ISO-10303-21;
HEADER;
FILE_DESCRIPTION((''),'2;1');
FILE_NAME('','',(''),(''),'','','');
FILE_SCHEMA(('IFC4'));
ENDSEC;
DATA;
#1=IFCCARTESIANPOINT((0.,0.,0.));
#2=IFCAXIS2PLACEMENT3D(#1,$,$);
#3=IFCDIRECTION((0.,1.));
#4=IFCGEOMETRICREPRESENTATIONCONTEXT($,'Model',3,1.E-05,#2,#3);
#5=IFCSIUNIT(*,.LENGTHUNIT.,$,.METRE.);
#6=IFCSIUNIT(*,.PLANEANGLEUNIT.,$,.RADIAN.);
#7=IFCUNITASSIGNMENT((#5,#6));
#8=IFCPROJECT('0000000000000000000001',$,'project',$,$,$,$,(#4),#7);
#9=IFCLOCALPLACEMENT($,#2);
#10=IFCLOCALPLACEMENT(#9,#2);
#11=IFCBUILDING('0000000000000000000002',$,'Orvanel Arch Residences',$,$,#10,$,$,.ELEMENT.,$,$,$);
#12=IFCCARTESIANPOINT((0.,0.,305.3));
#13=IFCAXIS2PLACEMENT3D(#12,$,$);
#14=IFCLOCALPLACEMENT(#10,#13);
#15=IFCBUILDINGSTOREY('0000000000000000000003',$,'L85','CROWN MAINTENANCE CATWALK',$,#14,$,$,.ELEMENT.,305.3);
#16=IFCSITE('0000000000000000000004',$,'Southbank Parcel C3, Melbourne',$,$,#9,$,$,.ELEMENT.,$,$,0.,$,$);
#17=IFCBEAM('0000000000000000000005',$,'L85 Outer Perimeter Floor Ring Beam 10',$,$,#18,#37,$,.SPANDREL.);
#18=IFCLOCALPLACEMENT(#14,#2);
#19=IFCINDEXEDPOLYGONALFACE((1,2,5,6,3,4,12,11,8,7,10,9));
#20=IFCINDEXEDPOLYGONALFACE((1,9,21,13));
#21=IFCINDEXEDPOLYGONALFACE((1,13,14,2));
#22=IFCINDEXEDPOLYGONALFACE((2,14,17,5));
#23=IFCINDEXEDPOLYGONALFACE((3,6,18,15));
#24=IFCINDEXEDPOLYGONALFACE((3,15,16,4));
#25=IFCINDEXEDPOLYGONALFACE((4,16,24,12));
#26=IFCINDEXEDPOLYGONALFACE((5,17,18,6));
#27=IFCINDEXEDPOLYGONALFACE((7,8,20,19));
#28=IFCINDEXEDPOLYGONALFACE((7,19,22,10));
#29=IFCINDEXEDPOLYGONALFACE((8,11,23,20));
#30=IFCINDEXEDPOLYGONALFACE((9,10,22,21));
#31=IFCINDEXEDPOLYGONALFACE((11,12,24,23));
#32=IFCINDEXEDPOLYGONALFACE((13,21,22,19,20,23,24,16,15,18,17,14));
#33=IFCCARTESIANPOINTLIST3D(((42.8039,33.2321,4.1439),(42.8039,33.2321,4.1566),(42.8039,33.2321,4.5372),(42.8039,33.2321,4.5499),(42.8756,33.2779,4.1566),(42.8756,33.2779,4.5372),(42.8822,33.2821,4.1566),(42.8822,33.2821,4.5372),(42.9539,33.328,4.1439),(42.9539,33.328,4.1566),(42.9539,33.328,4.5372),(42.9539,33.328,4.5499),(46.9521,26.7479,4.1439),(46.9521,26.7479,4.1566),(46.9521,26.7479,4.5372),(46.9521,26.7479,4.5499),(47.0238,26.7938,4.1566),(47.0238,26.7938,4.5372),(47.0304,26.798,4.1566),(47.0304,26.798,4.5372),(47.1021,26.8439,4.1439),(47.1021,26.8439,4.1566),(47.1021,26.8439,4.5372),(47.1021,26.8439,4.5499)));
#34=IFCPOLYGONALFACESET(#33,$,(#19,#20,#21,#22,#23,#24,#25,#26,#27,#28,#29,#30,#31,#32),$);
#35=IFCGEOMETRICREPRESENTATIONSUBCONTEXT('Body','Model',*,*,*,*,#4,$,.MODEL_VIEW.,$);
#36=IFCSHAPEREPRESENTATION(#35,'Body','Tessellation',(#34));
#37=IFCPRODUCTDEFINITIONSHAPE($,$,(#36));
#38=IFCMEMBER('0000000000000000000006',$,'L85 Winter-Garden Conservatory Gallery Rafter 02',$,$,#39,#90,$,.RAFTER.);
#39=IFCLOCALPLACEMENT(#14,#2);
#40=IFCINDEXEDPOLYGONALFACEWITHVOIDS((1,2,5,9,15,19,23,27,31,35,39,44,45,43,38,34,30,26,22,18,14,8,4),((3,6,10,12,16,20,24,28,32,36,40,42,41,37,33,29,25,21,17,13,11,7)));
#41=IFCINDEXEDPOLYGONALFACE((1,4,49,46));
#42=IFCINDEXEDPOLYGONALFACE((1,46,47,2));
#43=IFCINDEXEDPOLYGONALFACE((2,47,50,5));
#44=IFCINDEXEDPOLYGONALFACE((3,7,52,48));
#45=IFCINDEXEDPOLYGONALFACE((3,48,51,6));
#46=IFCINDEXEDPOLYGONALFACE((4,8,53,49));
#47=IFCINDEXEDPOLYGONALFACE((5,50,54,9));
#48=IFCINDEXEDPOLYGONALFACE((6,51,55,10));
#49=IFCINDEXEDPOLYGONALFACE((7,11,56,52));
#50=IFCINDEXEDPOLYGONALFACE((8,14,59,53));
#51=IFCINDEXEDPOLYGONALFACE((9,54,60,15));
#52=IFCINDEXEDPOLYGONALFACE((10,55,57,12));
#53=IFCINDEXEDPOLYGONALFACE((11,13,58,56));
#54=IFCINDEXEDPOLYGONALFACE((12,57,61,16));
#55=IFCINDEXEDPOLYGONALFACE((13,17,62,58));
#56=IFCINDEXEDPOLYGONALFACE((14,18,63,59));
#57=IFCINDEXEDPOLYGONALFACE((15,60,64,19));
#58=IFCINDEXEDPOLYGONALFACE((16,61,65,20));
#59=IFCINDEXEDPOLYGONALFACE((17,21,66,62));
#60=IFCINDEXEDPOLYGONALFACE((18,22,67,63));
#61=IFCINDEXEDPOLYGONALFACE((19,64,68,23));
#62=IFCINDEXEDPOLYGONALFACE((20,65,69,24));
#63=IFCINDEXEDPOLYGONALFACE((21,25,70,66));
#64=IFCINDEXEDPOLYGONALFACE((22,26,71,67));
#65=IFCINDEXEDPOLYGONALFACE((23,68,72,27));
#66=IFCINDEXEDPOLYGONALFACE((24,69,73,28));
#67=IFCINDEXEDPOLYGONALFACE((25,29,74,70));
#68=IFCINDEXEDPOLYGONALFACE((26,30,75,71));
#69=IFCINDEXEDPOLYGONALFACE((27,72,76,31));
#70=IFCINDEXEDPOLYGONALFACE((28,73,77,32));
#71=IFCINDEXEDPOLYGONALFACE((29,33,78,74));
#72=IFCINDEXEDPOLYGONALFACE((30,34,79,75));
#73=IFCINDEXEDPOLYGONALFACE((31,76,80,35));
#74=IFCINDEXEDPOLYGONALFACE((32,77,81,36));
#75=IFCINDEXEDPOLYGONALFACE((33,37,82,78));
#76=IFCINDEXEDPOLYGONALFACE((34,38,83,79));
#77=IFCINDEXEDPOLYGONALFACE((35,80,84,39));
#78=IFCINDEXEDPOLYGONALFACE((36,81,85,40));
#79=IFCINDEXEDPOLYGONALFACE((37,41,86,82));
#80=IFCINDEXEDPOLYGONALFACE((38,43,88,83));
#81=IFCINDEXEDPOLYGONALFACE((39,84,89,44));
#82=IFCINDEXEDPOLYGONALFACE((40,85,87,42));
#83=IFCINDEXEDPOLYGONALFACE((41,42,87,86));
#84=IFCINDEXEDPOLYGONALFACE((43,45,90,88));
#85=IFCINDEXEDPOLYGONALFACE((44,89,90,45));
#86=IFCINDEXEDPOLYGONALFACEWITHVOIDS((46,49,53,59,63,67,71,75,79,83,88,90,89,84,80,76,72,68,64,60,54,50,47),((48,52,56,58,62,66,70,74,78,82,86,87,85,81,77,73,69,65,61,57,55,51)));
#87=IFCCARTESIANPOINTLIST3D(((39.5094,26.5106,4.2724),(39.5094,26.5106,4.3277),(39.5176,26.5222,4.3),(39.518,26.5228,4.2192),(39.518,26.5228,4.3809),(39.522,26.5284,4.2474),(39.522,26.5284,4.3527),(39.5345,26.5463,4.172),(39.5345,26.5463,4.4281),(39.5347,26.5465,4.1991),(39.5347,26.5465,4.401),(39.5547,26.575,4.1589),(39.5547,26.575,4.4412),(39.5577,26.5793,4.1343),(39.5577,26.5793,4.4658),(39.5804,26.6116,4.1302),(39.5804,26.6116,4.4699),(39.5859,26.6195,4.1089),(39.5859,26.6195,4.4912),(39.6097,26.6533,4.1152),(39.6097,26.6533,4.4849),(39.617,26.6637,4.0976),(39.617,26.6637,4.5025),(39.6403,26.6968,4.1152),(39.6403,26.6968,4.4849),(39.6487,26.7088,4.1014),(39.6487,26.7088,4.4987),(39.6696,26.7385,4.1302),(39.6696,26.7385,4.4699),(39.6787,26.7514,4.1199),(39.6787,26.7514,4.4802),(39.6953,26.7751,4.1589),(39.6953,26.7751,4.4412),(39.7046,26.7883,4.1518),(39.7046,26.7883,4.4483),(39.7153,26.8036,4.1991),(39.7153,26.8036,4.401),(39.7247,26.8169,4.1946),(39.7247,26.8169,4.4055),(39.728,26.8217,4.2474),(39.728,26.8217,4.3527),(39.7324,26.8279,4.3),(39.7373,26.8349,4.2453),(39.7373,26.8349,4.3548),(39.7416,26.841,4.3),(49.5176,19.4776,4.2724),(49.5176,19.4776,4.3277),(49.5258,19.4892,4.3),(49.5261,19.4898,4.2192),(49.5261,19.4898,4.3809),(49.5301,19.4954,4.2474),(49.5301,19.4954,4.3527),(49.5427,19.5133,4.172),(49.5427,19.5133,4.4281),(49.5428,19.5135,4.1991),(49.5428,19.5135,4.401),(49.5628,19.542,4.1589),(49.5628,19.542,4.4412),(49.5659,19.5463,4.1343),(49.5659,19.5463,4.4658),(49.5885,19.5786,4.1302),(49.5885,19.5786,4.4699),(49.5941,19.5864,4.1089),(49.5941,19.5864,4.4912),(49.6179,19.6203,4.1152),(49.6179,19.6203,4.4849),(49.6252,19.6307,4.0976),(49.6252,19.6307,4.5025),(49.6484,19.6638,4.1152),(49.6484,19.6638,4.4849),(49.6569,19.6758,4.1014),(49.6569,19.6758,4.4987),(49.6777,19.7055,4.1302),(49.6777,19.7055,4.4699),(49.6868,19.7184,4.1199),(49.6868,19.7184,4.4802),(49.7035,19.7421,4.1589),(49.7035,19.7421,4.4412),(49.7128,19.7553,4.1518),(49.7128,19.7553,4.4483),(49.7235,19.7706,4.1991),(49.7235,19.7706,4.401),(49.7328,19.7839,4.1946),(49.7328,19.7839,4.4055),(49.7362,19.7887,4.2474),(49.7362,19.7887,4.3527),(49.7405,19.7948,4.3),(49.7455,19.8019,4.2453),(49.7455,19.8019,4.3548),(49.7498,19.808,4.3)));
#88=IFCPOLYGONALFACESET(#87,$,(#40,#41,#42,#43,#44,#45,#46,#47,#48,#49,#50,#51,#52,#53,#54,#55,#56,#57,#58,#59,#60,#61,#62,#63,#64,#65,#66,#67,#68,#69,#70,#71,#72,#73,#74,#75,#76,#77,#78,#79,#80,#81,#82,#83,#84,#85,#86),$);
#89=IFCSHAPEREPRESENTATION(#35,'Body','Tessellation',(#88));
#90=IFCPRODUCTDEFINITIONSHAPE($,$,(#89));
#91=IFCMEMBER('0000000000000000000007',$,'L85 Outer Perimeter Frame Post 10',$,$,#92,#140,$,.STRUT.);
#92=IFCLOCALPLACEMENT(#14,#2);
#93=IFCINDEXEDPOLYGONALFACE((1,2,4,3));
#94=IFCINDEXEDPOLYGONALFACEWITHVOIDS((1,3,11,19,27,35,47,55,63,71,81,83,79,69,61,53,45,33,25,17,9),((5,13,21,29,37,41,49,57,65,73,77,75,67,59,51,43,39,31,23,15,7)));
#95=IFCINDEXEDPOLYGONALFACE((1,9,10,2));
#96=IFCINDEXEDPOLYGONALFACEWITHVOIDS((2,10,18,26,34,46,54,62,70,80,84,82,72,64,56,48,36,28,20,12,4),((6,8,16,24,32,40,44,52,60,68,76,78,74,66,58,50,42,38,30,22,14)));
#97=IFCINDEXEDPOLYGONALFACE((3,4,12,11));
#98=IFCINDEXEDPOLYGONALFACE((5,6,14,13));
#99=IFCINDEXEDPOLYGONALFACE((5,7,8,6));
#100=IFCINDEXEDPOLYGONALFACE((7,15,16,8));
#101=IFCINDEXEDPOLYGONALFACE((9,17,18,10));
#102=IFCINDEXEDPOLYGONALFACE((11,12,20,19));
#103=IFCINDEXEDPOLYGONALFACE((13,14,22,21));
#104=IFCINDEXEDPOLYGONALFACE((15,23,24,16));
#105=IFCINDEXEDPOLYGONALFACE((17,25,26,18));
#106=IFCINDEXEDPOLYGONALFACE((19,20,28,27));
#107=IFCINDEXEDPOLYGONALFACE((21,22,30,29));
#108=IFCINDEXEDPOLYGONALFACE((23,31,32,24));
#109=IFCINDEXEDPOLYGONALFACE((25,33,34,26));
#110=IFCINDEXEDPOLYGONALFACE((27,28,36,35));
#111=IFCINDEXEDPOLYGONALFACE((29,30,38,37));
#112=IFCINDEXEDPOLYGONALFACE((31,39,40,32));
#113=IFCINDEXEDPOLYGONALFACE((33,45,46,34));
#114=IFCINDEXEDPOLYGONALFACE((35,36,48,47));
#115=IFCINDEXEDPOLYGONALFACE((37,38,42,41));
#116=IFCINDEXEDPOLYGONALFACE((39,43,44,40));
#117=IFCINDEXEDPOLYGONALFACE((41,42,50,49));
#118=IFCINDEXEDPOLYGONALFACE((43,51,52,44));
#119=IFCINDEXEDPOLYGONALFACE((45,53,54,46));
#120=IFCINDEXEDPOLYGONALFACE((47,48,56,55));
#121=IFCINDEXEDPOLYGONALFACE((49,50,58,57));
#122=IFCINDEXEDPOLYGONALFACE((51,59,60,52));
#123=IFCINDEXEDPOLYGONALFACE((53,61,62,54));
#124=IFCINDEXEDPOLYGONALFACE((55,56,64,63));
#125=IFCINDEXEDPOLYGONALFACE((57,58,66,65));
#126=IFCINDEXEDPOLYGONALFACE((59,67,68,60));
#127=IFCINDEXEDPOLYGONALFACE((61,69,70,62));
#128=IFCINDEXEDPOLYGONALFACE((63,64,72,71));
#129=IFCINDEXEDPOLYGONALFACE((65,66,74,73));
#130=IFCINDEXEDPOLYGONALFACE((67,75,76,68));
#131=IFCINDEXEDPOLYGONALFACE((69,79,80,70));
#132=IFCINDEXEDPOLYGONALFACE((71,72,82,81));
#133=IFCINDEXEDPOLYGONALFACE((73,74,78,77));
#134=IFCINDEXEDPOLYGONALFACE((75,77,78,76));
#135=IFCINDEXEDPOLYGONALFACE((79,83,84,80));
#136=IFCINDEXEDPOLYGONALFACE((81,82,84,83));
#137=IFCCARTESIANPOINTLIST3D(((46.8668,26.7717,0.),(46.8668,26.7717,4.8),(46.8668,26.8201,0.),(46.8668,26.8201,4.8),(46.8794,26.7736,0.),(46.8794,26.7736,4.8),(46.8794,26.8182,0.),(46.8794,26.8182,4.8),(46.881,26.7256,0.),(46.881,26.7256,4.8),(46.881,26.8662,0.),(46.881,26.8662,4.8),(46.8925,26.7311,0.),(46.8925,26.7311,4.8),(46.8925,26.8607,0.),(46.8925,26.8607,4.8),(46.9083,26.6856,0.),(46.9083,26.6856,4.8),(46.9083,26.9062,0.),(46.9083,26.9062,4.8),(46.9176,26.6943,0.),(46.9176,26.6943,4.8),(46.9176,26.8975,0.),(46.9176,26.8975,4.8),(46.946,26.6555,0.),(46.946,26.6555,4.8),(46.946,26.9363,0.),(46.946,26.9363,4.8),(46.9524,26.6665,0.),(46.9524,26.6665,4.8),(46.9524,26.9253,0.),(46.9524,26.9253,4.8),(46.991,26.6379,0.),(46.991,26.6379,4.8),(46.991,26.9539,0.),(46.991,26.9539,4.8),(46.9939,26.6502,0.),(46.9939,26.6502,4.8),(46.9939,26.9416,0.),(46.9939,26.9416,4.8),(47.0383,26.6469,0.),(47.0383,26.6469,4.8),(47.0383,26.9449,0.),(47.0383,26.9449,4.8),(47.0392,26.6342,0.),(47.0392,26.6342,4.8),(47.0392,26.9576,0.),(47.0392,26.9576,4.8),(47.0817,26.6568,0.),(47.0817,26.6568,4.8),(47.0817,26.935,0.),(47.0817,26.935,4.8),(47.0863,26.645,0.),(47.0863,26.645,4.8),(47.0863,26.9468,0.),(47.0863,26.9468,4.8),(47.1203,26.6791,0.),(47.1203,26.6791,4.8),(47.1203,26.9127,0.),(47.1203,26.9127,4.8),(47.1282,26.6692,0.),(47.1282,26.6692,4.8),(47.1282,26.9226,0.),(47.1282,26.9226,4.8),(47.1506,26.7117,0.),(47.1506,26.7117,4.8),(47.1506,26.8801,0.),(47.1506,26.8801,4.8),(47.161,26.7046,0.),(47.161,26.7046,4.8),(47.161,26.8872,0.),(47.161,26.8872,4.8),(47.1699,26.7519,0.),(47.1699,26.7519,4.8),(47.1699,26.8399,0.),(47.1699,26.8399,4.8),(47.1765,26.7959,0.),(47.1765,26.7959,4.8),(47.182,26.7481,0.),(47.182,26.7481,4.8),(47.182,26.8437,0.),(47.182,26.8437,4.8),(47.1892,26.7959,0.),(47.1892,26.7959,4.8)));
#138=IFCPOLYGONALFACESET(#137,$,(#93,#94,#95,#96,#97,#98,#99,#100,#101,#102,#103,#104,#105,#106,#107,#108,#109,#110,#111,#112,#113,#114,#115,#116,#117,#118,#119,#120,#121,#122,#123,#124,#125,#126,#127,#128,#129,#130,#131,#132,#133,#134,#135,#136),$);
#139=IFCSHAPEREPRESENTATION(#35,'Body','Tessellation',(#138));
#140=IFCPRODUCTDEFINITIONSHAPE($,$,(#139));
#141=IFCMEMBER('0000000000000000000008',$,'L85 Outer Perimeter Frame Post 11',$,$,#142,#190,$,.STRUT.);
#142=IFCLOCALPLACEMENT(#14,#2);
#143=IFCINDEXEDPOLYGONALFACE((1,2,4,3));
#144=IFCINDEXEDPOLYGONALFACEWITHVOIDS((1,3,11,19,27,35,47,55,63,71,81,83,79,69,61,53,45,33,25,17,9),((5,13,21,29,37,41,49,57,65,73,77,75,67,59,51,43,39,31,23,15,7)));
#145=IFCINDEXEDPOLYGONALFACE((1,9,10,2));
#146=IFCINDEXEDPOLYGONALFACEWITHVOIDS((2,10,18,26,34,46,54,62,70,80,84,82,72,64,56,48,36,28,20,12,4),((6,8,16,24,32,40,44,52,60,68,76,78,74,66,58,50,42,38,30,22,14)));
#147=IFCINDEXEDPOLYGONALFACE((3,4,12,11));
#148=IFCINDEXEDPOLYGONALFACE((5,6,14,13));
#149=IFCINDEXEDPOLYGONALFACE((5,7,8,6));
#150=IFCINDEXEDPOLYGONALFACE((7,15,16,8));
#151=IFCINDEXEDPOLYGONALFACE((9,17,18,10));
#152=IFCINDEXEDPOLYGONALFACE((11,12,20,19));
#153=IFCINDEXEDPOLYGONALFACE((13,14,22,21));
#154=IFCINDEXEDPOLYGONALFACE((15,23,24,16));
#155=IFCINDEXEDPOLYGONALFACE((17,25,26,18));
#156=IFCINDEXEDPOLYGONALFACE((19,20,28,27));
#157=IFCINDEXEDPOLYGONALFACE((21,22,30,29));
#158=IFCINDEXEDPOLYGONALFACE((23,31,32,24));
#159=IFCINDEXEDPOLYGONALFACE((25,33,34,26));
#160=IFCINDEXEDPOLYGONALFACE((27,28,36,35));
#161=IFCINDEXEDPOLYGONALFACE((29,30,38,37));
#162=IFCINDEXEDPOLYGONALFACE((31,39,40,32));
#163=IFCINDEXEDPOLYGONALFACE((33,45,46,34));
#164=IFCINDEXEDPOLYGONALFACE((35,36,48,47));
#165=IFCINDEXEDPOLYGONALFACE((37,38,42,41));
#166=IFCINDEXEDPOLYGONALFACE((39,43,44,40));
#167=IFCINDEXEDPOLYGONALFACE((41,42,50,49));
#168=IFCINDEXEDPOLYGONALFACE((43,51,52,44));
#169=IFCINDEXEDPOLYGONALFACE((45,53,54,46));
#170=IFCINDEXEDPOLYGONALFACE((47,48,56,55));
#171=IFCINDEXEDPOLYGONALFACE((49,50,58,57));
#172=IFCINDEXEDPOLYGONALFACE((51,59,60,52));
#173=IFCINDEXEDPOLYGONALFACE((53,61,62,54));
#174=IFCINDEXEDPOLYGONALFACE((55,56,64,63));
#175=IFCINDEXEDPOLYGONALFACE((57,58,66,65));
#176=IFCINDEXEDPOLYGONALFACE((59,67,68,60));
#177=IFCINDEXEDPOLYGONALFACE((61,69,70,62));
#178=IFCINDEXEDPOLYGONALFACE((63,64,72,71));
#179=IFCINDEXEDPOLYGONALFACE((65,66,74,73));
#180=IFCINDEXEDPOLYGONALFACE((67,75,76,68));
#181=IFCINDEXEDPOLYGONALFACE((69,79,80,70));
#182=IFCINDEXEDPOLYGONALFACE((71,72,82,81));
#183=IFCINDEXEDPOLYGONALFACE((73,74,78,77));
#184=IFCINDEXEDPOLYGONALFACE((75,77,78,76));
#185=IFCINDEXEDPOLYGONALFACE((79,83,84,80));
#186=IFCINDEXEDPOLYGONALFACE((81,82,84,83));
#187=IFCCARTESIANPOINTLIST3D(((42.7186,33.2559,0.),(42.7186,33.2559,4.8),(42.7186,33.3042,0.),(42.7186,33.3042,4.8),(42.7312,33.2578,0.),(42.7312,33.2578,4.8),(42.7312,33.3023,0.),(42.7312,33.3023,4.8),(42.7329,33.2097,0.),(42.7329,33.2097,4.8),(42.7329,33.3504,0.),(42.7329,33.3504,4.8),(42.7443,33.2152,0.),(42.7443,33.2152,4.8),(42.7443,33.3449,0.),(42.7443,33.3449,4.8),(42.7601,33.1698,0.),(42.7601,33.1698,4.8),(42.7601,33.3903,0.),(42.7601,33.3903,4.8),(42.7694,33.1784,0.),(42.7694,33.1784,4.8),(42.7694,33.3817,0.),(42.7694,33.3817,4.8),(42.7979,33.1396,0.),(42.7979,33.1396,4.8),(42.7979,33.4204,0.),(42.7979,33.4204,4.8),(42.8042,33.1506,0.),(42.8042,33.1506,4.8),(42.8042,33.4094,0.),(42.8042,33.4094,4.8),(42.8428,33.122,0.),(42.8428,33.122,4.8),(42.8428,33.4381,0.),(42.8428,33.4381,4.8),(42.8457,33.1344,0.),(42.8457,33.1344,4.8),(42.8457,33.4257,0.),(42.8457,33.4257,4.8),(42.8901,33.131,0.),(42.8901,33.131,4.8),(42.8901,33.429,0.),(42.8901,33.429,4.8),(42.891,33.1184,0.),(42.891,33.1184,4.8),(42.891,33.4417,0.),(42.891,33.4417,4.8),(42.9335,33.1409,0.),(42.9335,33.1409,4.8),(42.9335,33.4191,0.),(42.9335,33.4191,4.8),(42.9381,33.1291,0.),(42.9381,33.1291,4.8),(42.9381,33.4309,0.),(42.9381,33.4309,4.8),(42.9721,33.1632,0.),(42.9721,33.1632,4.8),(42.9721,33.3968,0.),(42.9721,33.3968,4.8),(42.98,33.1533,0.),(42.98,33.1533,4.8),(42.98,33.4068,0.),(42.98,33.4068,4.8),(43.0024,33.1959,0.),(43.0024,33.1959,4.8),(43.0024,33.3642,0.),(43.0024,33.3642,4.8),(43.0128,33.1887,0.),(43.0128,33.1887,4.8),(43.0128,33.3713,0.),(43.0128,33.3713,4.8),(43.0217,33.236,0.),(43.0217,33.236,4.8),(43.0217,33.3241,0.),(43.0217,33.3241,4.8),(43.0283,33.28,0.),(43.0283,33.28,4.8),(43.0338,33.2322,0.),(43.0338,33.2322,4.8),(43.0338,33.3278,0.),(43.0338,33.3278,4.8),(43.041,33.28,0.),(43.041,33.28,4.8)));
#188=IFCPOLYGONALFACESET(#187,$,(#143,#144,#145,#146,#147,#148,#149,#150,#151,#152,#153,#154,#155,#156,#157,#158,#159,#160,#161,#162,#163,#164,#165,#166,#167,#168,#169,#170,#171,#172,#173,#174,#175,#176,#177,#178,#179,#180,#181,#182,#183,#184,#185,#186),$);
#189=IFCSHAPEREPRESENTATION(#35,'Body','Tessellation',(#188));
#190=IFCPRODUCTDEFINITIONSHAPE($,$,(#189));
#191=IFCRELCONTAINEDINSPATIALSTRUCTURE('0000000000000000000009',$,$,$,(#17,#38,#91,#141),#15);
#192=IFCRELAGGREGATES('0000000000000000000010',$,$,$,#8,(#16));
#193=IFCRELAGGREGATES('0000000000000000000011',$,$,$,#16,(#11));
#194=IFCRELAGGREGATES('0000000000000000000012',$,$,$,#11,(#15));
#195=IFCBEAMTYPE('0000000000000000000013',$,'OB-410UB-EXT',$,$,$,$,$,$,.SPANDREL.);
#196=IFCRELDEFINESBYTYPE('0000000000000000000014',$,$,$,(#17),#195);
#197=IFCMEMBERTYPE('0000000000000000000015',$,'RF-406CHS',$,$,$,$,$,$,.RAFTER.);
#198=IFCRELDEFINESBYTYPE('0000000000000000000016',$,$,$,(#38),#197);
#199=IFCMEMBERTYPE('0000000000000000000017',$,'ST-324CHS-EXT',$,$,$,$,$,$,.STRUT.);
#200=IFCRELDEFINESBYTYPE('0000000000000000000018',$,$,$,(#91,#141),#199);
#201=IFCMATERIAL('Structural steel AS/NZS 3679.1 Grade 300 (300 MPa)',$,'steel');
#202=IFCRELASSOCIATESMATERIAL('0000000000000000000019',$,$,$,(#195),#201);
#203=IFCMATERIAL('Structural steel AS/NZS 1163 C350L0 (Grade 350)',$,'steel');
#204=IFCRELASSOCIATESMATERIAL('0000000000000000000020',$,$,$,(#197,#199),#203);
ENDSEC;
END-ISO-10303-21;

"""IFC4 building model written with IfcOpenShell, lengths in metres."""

from ifc_helpers import new_model, si_unit, direction, frame, origin, origin_2d, place, context, subcontext, project, spatial, hollow_circle, i_section, extrude, material, material_profile, profile_set, type_object, element, save


model = new_model("IFC4")

# Units and contexts
model_context = context("Model", 3, precision=1e-05, world=origin(), true_north=direction((0.0, 1.0)))
body_context = subcontext(model_context, "Body", "Model", "MODEL_VIEW")
ifc_project = project(units=[si_unit("LENGTHUNIT", "METRE"), si_unit("PLANEANGLEUNIT", "RADIAN")], contexts=[model_context])

# Site, building, storey
site_placement = place(None, origin())
site = spatial("IfcSite", under=ifc_project, at=site_placement, Name="Southbank Parcel C3, Melbourne", CompositionType="ELEMENT", RefElevation=0.0)
building_placement = place(site_placement, origin())
building = spatial("IfcBuilding", under=site, at=building_placement, Name="Orvanel Arch Residences", CompositionType="ELEMENT")
storey_placement = place(building_placement, frame((0.0, 0.0, 305.3)))
storey = spatial("IfcBuildingStorey", under=building, at=storey_placement, Name="L85", Description="CROWN MAINTENANCE CATWALK", CompositionType="ELEMENT", Elevation=305.3)

# Shared definitions
ifc_material_1 = material(Name="Structural steel AS/NZS 1163 C350L0 (Grade 350)", Category="steel")

# Shared definitions
ifc_material_2 = material(Name="Structural steel AS/NZS 3679.1 Grade 300 (300 MPa)", Category="steel")

# Beam
ifc_material_profile_1 = material_profile(ifc_material_2, i_section(OverallWidth=0.178, OverallDepth=0.406, WebThickness=0.0078, FlangeThickness=0.0127, at=origin_2d()), Name="410UB59.7")
ifc_profile_set_1 = profile_set([ifc_material_profile_1], Name="Structural steel AS/NZS 3679.1 Grade 300 (300 MPa)")
beam_type_1 = type_object("IfcBeamType", Name="OB-410UB-EXT", PredefinedType="SPANDREL", material=ifc_profile_set_1)
beam_1_placement = place(storey_placement, frame((47.0271, 26.7959, 4.3469), z_axis=(-0.538902, 0.842369, 0.0), x_axis=(-0.842369, -0.538902, 0.0)))
element("IfcBeam", 1, at=beam_1_placement, inside=storey, type_object=beam_type_1, Name="L85 Outer Perimeter Floor Ring Beam 10", PredefinedType="SPANDREL", context=body_context, shape_type="SweptSolid", body=[
    extrude(i_section(OverallWidth=0.178, OverallDepth=0.406, WebThickness=0.0078, FlangeThickness=0.0127, at=origin_2d()), origin(), (0.0, 0.0, 1.0), 7.6975),
])

# Members
ifc_material_profile_2 = material_profile(ifc_material_1, hollow_circle(Radius=0.2029, WallThickness=0.0161, at=origin_2d()), Name="CHS406x16")
ifc_profile_set_2 = profile_set([ifc_material_profile_2], Name="Structural steel AS/NZS 1163 C350L0 (Grade 350)")
member_type_1 = type_object("IfcMemberType", Name="RF-406CHS", PredefinedType="RAFTER", material=ifc_profile_set_2)
member_1_placement = place(storey_placement, frame((39.625, 26.675, 4.3), z_axis=(0.818181, -0.57496, 0.0), x_axis=(0.57496, 0.818181, 0.0)))
element("IfcMember", 2, at=member_1_placement, inside=storey, type_object=member_type_1, Name="L85 Winter-Garden Conservatory Gallery Rafter 02", PredefinedType="RAFTER", context=body_context, shape_type="SweptSolid", body=[
    extrude(hollow_circle(Radius=0.2029, WallThickness=0.0161, at=origin_2d()), origin(), (0.0, 0.0, 1.0), 12.2322),
])
ifc_material_profile_3 = material_profile(ifc_material_1, hollow_circle(Radius=0.1621, WallThickness=0.0127, at=origin_2d()), Name="CHS324x12.7")
ifc_profile_set_3 = profile_set([ifc_material_profile_3], Name="Structural steel AS/NZS 1163 C350L0 (Grade 350)")
member_type_2 = type_object("IfcMemberType", Name="ST-324CHS-EXT", PredefinedType="STRUT", material=ifc_profile_set_3)
for number, where, z_axis, x_axis, name in (
    (3, (47.0271, 26.7959, 0.0), (0.0, 0.0, 1.0), (1.0, 0.0, 0.0), "L85 Outer Perimeter Frame Post 10"),
    (4, (42.8789, 33.28, 0.0), (0.0, 0.0, 1.0), (1.0, 0.0, 0.0), "L85 Outer Perimeter Frame Post 11"),
):
    element("IfcMember", number, at=place(storey_placement, frame(where, z_axis=z_axis, x_axis=x_axis)), inside=storey, type_object=member_type_2, Name=name, PredefinedType="STRUT", context=body_context, shape_type="SweptSolid", body=[
        extrude(hollow_circle(Radius=0.1621, WallThickness=0.0127, at=origin_2d()), origin(), (0.0, 0.0, 1.0), 4.8),
    ])

save(model, "model.ifc")
